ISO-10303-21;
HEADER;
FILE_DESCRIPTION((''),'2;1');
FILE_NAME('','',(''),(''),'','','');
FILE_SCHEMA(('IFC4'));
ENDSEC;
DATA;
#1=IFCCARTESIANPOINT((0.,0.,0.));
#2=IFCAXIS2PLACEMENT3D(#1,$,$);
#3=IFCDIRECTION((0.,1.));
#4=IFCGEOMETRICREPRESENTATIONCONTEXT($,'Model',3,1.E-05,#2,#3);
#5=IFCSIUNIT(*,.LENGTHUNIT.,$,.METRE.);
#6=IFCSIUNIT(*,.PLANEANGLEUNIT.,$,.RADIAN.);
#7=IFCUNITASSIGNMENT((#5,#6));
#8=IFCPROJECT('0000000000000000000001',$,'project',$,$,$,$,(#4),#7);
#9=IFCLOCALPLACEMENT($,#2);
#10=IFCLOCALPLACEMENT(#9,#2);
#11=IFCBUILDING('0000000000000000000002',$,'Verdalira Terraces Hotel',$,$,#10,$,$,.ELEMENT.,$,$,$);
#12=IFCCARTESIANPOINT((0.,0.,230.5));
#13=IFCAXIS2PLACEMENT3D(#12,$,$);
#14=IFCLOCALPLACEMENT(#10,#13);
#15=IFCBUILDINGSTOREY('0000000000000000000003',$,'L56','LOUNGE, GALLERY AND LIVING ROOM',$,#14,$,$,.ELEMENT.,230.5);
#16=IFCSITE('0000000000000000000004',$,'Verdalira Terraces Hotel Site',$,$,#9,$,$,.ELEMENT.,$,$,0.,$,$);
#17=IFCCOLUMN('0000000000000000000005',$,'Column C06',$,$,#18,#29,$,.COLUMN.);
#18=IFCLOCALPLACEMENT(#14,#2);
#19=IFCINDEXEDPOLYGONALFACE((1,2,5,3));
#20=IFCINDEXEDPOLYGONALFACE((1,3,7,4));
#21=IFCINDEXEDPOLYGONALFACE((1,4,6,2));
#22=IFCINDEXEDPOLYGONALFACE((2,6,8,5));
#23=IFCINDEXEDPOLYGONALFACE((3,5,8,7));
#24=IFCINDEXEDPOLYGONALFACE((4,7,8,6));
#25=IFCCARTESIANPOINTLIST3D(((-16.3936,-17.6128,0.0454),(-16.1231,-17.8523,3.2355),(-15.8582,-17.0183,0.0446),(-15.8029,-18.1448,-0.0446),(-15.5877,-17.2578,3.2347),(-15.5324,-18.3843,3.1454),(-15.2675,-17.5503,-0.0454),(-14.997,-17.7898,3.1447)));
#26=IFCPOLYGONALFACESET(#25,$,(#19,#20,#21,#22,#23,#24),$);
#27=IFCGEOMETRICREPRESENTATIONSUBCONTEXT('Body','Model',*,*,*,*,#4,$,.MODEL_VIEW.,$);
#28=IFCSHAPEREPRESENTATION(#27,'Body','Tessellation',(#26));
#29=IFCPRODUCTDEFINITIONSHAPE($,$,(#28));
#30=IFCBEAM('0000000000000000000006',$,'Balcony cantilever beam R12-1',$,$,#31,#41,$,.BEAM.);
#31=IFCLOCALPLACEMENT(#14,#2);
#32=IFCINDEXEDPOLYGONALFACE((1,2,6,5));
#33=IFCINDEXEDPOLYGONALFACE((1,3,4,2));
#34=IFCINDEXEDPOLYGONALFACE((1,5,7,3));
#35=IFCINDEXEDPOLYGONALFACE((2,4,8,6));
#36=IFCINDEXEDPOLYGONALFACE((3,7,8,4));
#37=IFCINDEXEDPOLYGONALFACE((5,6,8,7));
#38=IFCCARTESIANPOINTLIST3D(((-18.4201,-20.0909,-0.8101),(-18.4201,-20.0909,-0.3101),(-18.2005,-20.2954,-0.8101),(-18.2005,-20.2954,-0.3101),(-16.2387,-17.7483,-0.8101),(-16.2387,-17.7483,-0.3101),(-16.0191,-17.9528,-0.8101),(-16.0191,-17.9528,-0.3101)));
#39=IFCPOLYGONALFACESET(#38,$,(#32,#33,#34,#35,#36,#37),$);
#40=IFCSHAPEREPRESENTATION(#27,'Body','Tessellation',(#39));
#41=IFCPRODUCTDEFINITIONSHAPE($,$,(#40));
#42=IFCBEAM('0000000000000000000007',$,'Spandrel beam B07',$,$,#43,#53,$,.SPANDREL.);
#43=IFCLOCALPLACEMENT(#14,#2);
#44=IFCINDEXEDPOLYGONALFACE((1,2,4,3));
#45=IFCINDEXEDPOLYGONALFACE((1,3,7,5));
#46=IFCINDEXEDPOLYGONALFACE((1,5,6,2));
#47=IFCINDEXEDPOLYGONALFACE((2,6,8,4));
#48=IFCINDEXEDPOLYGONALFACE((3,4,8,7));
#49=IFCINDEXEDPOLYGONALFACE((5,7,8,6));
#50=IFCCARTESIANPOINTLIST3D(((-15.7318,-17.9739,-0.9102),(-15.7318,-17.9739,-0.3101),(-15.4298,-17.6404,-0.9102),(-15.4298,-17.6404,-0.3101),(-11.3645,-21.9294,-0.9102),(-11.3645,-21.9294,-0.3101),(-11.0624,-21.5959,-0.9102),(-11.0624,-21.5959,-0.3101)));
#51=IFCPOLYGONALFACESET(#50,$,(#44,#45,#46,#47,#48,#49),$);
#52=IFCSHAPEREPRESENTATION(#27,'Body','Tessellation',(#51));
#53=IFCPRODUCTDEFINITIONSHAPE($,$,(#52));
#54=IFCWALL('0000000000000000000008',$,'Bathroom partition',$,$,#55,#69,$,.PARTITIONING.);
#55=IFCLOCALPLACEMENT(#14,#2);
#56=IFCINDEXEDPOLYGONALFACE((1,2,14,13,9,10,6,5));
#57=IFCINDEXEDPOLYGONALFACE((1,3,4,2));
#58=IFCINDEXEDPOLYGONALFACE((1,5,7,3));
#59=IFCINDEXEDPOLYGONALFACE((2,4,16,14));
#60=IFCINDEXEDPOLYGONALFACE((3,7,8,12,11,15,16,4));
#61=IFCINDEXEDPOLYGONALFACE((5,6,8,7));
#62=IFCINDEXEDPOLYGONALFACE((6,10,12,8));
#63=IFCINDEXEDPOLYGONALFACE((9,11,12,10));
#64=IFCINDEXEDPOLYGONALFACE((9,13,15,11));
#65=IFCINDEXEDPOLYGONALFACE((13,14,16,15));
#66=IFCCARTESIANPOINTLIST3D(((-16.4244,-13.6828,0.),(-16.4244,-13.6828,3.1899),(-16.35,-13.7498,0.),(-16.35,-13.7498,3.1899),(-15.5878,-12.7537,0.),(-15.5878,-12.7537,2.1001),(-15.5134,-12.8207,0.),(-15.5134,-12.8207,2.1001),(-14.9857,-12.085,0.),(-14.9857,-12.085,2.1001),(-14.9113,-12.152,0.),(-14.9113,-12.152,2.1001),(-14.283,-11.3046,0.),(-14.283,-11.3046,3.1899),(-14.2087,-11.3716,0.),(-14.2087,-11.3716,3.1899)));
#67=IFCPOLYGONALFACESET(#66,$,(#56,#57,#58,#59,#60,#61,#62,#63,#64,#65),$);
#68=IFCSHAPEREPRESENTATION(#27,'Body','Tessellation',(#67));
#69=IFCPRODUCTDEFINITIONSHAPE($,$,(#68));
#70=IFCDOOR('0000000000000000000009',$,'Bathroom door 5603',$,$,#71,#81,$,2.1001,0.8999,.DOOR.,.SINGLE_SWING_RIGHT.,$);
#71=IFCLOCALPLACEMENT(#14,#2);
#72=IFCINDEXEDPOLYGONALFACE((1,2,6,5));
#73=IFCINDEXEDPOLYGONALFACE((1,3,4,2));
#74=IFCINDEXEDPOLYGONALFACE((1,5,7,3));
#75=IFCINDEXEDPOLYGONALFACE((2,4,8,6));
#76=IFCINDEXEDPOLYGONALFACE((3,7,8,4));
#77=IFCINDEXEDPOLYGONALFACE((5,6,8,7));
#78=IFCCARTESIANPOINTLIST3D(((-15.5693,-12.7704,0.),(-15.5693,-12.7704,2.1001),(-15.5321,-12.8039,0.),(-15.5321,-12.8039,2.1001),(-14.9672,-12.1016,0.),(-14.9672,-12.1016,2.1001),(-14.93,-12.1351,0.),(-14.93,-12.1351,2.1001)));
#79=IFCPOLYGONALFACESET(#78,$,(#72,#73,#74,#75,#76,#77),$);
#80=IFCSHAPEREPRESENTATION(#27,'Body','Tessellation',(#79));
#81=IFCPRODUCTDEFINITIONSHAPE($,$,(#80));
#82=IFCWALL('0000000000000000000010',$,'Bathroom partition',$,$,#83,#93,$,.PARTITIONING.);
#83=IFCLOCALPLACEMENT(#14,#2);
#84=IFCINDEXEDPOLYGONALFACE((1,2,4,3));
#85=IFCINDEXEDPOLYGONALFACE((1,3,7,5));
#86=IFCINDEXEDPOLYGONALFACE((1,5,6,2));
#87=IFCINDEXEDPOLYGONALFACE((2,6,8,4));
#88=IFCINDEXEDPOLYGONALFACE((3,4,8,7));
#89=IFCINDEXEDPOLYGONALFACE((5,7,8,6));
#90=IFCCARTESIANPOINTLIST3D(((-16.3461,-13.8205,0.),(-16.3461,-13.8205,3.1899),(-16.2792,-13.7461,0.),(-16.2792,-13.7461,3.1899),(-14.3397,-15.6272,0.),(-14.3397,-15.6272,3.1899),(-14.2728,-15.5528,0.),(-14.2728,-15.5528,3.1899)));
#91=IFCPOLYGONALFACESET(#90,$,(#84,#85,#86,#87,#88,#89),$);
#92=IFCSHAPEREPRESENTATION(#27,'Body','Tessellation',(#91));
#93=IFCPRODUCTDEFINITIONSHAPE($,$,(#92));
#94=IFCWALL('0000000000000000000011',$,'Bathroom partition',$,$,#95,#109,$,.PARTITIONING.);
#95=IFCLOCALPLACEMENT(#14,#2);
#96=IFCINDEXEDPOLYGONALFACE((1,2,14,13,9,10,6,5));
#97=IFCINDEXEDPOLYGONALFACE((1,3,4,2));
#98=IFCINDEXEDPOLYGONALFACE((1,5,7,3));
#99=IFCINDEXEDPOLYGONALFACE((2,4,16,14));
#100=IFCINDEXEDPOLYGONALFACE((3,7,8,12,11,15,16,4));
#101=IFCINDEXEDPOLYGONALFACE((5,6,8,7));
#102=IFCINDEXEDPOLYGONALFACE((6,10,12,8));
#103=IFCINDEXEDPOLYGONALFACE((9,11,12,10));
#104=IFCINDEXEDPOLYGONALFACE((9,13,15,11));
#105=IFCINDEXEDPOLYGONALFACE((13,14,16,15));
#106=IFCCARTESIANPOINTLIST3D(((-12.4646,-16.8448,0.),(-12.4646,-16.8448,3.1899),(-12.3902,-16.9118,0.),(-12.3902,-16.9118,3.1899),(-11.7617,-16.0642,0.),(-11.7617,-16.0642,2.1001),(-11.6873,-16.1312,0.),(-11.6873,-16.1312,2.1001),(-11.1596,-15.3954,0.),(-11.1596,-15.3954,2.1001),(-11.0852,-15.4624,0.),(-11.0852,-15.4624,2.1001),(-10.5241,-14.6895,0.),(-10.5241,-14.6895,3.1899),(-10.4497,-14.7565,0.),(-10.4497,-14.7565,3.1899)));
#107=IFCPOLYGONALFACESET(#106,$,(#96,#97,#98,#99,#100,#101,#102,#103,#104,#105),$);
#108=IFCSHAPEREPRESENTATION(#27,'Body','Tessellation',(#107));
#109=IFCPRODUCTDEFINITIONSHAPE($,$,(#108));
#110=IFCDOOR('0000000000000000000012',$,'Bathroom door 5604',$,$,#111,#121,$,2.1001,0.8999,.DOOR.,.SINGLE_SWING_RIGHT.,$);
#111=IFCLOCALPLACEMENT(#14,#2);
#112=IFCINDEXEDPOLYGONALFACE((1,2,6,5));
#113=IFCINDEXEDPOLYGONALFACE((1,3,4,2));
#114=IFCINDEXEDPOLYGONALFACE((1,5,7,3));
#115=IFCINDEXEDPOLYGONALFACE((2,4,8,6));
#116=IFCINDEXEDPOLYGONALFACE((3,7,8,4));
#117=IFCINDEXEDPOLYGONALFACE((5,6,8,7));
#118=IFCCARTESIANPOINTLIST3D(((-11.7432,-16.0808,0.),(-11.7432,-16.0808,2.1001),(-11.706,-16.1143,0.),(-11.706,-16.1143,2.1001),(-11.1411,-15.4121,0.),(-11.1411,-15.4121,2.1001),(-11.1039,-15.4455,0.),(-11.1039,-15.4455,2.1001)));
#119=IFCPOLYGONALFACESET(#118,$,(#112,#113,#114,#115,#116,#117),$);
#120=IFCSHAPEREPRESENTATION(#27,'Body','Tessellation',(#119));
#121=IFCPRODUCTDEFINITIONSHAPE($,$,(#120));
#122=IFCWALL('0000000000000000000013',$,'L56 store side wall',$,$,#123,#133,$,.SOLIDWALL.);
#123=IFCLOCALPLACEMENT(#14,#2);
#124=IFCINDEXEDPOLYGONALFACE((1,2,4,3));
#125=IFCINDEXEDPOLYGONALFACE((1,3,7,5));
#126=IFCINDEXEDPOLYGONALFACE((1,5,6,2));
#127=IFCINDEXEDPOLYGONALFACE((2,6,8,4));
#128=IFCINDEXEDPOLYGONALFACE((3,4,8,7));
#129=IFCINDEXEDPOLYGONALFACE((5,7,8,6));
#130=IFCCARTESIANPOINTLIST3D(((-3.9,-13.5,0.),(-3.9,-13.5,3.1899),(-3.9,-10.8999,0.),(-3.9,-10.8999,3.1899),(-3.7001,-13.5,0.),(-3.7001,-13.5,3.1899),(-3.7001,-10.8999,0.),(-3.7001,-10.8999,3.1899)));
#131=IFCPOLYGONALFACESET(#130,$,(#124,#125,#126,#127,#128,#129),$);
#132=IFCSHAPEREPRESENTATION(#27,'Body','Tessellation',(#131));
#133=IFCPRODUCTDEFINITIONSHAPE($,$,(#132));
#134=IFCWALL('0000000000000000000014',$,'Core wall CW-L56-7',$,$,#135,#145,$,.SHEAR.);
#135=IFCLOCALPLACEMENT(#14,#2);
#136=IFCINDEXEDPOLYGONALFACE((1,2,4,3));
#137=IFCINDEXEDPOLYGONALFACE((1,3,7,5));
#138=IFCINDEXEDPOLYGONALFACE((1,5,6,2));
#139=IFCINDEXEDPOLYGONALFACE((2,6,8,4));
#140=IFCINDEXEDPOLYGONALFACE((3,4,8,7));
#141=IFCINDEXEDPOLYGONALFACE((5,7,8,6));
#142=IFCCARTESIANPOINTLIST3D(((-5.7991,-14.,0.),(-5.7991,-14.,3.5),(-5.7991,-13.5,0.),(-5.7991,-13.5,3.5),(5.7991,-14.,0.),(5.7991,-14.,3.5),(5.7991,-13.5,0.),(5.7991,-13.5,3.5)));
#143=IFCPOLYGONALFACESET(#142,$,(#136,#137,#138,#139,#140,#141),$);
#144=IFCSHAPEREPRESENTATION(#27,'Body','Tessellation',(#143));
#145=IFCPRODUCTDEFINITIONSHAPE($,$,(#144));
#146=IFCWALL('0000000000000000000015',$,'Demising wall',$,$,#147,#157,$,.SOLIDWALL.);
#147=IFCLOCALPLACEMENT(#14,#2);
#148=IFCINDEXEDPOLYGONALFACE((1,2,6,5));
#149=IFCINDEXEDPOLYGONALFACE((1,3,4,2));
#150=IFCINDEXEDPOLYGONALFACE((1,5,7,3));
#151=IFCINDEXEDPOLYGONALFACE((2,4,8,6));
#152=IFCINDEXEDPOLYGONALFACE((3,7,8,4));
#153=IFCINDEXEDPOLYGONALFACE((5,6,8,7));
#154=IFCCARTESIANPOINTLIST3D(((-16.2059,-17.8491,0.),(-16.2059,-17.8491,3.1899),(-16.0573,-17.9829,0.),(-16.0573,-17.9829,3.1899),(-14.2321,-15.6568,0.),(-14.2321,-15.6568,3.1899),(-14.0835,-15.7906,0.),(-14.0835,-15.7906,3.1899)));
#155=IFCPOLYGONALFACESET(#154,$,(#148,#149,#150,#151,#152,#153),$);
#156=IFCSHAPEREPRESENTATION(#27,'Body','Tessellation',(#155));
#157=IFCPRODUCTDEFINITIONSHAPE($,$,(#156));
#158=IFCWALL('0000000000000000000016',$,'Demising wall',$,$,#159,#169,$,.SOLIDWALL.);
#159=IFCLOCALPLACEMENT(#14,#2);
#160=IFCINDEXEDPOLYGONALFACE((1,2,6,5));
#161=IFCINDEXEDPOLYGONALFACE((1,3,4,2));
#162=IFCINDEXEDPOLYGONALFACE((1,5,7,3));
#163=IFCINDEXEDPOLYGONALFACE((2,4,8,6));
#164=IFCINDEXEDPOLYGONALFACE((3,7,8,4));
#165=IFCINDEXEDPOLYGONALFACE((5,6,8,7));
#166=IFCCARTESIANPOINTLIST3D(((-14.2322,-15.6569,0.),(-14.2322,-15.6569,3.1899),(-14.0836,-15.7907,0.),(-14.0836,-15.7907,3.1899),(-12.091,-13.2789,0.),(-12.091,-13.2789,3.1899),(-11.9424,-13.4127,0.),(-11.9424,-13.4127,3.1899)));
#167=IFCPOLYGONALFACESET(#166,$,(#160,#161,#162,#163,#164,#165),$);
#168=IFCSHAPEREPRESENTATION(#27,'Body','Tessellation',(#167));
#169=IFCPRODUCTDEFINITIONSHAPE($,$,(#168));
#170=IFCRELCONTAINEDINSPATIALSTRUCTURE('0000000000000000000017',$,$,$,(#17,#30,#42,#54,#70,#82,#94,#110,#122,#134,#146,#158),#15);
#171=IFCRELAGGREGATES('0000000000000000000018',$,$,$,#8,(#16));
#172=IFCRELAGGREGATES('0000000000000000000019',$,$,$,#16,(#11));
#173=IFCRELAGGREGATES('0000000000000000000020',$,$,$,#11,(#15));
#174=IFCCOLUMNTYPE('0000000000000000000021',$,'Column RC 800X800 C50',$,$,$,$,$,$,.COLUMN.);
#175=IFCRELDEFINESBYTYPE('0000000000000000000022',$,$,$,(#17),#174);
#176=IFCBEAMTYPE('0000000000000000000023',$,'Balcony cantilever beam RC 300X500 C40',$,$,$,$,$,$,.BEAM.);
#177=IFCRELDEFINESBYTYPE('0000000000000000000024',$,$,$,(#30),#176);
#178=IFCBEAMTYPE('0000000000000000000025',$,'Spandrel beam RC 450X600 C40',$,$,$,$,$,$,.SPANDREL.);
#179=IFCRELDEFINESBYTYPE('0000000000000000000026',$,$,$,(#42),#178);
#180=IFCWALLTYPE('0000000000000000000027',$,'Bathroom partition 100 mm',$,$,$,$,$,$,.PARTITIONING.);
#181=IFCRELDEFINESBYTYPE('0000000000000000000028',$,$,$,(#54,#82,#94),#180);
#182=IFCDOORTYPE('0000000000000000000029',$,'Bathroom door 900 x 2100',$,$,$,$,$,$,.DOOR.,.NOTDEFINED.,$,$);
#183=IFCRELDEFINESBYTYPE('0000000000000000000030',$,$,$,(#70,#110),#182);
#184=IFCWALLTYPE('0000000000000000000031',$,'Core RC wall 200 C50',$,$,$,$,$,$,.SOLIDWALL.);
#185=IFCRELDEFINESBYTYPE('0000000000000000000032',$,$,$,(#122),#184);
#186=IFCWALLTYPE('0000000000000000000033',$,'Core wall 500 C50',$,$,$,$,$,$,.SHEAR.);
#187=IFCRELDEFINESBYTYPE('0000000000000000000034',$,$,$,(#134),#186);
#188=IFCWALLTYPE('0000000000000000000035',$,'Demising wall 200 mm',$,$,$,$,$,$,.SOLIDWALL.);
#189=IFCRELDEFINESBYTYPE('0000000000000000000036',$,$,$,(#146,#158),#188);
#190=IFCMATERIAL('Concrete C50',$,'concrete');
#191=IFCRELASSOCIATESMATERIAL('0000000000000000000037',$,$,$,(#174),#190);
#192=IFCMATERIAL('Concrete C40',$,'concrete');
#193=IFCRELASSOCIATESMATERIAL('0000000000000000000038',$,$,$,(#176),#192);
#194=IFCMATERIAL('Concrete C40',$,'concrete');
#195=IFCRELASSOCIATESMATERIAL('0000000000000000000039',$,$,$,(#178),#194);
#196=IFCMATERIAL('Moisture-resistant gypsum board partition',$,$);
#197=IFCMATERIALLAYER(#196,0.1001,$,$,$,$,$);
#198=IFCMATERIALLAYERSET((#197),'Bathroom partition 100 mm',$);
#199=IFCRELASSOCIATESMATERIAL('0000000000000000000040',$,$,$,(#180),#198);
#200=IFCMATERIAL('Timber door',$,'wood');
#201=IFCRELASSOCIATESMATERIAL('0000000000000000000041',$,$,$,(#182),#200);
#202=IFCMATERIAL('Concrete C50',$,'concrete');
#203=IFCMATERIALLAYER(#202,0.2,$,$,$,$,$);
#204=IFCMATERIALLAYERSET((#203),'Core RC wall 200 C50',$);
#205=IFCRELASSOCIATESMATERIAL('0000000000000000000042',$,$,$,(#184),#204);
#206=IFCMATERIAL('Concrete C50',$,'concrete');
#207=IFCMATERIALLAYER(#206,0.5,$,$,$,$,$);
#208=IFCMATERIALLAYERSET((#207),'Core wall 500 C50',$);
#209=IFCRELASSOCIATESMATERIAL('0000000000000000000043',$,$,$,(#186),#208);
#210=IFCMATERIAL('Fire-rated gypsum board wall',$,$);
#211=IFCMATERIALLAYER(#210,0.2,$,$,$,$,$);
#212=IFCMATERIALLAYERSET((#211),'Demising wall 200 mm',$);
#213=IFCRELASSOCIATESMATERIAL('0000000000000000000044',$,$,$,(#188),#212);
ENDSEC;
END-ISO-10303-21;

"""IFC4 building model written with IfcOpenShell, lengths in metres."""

from ifc_helpers import new_model, si_unit, direction, frame, frame_2d, origin, origin_2d, place, context, subcontext, project, spatial, rectangle, extrude, material, layer, layer_set, material_profile, profile_set, type_object, element, fill, save


model = new_model("IFC4")

# Units and contexts
model_context = context("Model", 3, precision=1e-05, world=origin(), true_north=direction((0.0, 1.0)))
body_context = subcontext(model_context, "Body", "Model", "MODEL_VIEW")
ifc_project = project(units=[si_unit("LENGTHUNIT", "METRE"), si_unit("PLANEANGLEUNIT", "RADIAN")], contexts=[model_context])

# Site, building, storey
site_placement = place(None, origin())
site = spatial("IfcSite", under=ifc_project, at=site_placement, Name="Verdalira Terraces Hotel Site", CompositionType="ELEMENT", RefElevation=0.0)
building_placement = place(site_placement, origin())
building = spatial("IfcBuilding", under=site, at=building_placement, Name="Verdalira Terraces Hotel", CompositionType="ELEMENT")
storey_placement = place(building_placement, frame((0.0, 0.0, 230.5)))
storey = spatial("IfcBuildingStorey", under=building, at=storey_placement, Name="L56", Description="LOUNGE, GALLERY AND LIVING ROOM", CompositionType="ELEMENT", Elevation=230.5)

# Column
ifc_material_1 = material(Name="Concrete C50", Category="concrete")
ifc_material_profile_1 = material_profile(ifc_material_1, rectangle(XDim=0.8, YDim=0.8, at=origin_2d()), Name="RC 800X800")
ifc_profile_set_1 = profile_set([ifc_material_profile_1], Name="Concrete C50")
column_type = type_object("IfcColumnType", Name="Column RC 800X800 C50", PredefinedType="COLUMN", material=ifc_profile_set_1)
column_placement = place(storey_placement, frame((-15.8306, -17.5815, 0.0), z_axis=(0.084262, -0.074603, 0.993647), x_axis=(0.73834, -0.664973, -0.112538)))
element("IfcColumn", 1, at=column_placement, inside=storey, type_object=column_type, Name="Column C06", PredefinedType="COLUMN", context=body_context, shape_type="SweptSolid", body=[
    extrude(rectangle(XDim=0.8, YDim=0.8, at=origin_2d()), origin(), (0.0, 0.0, 1.0), 3.2104),
])

# Beams
ifc_material_2 = material(Name="Concrete C40", Category="concrete")
ifc_material_profile_2 = material_profile(ifc_material_2, rectangle(XDim=0.3, YDim=0.5, at=origin_2d()), Name="RC 300X500")
ifc_profile_set_2 = profile_set([ifc_material_profile_2], Name="Concrete C40")
beam_type_1 = type_object("IfcBeamType", Name="Balcony cantilever beam RC 300X500 C40", PredefinedType="BEAM", material=ifc_profile_set_2)
beam_1_placement = place(storey_placement, frame((-16.1289, -17.8506, -0.5601), z_axis=(-0.681489, -0.731828, 0.0), x_axis=(0.731828, -0.681489, 0.0)))
element("IfcBeam", 2, at=beam_1_placement, inside=storey, type_object=beam_type_1, Name="Balcony cantilever beam R12-1", PredefinedType="BEAM", context=body_context, shape_type="SweptSolid", body=[
    extrude(rectangle(XDim=0.3, YDim=0.5, at=origin_2d()), origin(), (0.0, 0.0, 1.0), 3.2009),
])
ifc_material_3 = material(Name="Concrete C40", Category="concrete")
ifc_material_profile_3 = material_profile(ifc_material_3, rectangle(XDim=0.45, YDim=0.6001, at=origin_2d()), Name="RC 450X600")
ifc_profile_set_3 = profile_set([ifc_material_profile_3], Name="Concrete C40")
beam_type_2 = type_object("IfcBeamType", Name="Spandrel beam RC 450X600 C40", PredefinedType="SPANDREL", material=ifc_profile_set_3)
beam_2_placement = place(storey_placement, frame((-15.5808, -17.8071, -0.6101), z_axis=(0.741191, -0.671294, 0.0), x_axis=(0.671294, 0.741191, 0.0)))
element("IfcBeam", 3, at=beam_2_placement, inside=storey, type_object=beam_type_2, Name="Spandrel beam B07", PredefinedType="SPANDREL", context=body_context, shape_type="SweptSolid", body=[
    extrude(rectangle(XDim=0.45, YDim=0.6001, at=origin_2d()), origin(), (0.0, 0.0, 1.0), 5.8923),
])

# Wall, opening, door
ifc_material_4 = material(Name="Moisture-resistant gypsum board partition")
ifc_layer_1 = layer(ifc_material_4, 0.1001)
ifc_layer_set_1 = layer_set([ifc_layer_1], Name="Bathroom partition 100 mm")
wall_type_1 = type_object("IfcWallType", Name="Bathroom partition 100 mm", PredefinedType="PARTITIONING", material=ifc_layer_set_1)
wall_1_placement = place(storey_placement, frame((-14.2459, -11.3381, 0.0), z_axis=(0.0, 0.0, 1.0), x_axis=(-0.669138, -0.743139, 0.0)))
wall_1 = element("IfcWall", 4, at=wall_1_placement, inside=storey, type_object=wall_type_1, Name="Bathroom partition", PredefinedType="PARTITIONING", context=body_context, shape_type="SweptSolid", body=[
    extrude(rectangle(XDim=3.2002, YDim=0.1001, at=frame_2d((1.6001, 0.0))), origin(), (0.0, 0.0, 1.0), 3.1899),
])
opening_1_placement = place(wall_1_placement, frame((1.05, 0.0, 0.0)))
opening_1 = element("IfcOpeningElement", 5, at=opening_1_placement, cuts=wall_1, PredefinedType="OPENING", context=body_context, shape_type="SweptSolid", body=[
    extrude(rectangle(XDim=0.8999, YDim=2.1001, at=frame_2d((0.45, 1.05))), frame((0.0, 0.0601, 0.0), z_axis=(0.0, -1.0, 0.0), x_axis=(1.0, 0.0, 0.0)), (0.0, 0.0, 1.0), 0.1201),
])
ifc_material_5 = material(Name="Timber door", Category="wood")
door_type_1 = type_object("IfcDoorType", Name="Bathroom door 900 x 2100", OperationType="NOTDEFINED", PredefinedType="DOOR", material=ifc_material_5)
door_1_placement = place(opening_1_placement, origin())
door_1 = element("IfcDoor", 6, at=door_1_placement, inside=storey, type_object=door_type_1, Name="Bathroom door 5603", OperationType="SINGLE_SWING_RIGHT", OverallHeight=2.1001, OverallWidth=0.8999, PredefinedType="DOOR", context=body_context, shape_type="SweptSolid", body=[
    extrude(rectangle(XDim=0.8999, YDim=2.1001, at=frame_2d((0.45, 1.05))), frame((0.0, 0.0249, 0.0), z_axis=(0.0, -1.0, 0.0), x_axis=(1.0, 0.0, 0.0)), (0.0, 0.0, 1.0), 0.05),
])
fill(opening_1, door_1)

# Wall
wall_2_placement = place(storey_placement, frame((-16.3127, -13.7832, 0.0), z_axis=(0.0, 0.0, 1.0), x_axis=(0.743123, -0.669155, 0.0)))
element("IfcWall", 7, at=wall_2_placement, inside=storey, type_object=wall_type_1, Name="Bathroom partition", PredefinedType="PARTITIONING", context=body_context, shape_type="SweptSolid", body=[
    extrude(rectangle(XDim=2.7, YDim=0.1001, at=frame_2d((1.3501, 0.0))), origin(), (0.0, 0.0, 1.0), 3.1899),
])

# Wall, opening, door
wall_3_placement = place(storey_placement, frame((-10.4868, -14.7229, 0.0), z_axis=(0.0, 0.0, 1.0), x_axis=(-0.669095, -0.743177, 0.0)))
wall_3 = element("IfcWall", 8, at=wall_3_placement, inside=storey, type_object=wall_type_1, Name="Bathroom partition", PredefinedType="PARTITIONING", context=body_context, shape_type="SweptSolid", body=[
    extrude(rectangle(XDim=2.9001, YDim=0.1001, at=frame_2d((1.4502, 0.0))), origin(), (0.0, 0.0, 1.0), 3.1899),
])
opening_2_placement = place(wall_3_placement, frame((0.95, 0.0, 0.0)))
opening_2 = element("IfcOpeningElement", 9, at=opening_2_placement, cuts=wall_3, PredefinedType="OPENING", context=body_context, shape_type="SweptSolid", body=[
    extrude(rectangle(XDim=0.8999, YDim=2.1001, at=frame_2d((0.45, 1.05))), frame((0.0, 0.0601, 0.0), z_axis=(0.0, -1.0, 0.0), x_axis=(1.0, 0.0, 0.0)), (0.0, 0.0, 1.0), 0.1201),
])
door_2_placement = place(opening_2_placement, origin())
door_2 = element("IfcDoor", 10, at=door_2_placement, inside=storey, type_object=door_type_1, Name="Bathroom door 5604", OperationType="SINGLE_SWING_RIGHT", OverallHeight=2.1001, OverallWidth=0.8999, PredefinedType="DOOR", context=body_context, shape_type="SweptSolid", body=[
    extrude(rectangle(XDim=0.8999, YDim=2.1001, at=frame_2d((0.45, 1.05))), frame((0.0, 0.0249, 0.0), z_axis=(0.0, -1.0, 0.0), x_axis=(1.0, 0.0, 0.0)), (0.0, 0.0, 1.0), 0.05),
])
fill(opening_2, door_2)

# Walls
ifc_material_6 = material(Name="Concrete C50", Category="concrete")
ifc_layer_2 = layer(ifc_material_6, 0.2)
ifc_layer_set_2 = layer_set([ifc_layer_2], Name="Core RC wall 200 C50")
wall_type_2 = type_object("IfcWallType", Name="Core RC wall 200 C50", PredefinedType="SOLIDWALL", material=ifc_layer_set_2)
wall_4_placement = place(storey_placement, frame((-3.8, -10.8999, 0.0), z_axis=(0.0, 0.0, 1.0), x_axis=(0.0, -1.0, 0.0)))
element("IfcWall", 11, at=wall_4_placement, inside=storey, type_object=wall_type_2, Name="L56 store side wall", PredefinedType="SOLIDWALL", context=body_context, shape_type="SweptSolid", body=[
    extrude(rectangle(XDim=2.6001, YDim=0.2, at=frame_2d((1.3, 0.0))), origin(), (0.0, 0.0, 1.0), 3.1899),
])
ifc_material_7 = material(Name="Concrete C50", Category="concrete")
ifc_layer_3 = layer(ifc_material_7, 0.5)
ifc_layer_set_3 = layer_set([ifc_layer_3], Name="Core wall 500 C50")
wall_type_3 = type_object("IfcWallType", Name="Core wall 500 C50", PredefinedType="SHEAR", material=ifc_layer_set_3)
wall_5_placement = place(storey_placement, frame((-5.7991, -13.75, 0.0), z_axis=(0.0, 0.0, 1.0), x_axis=(1.0, 0.0, 0.0)))
element("IfcWall", 12, at=wall_5_placement, inside=storey, type_object=wall_type_3, Name="Core wall CW-L56-7", PredefinedType="SHEAR", context=body_context, shape_type="SweptSolid", body=[
    extrude(rectangle(XDim=11.5981, YDim=0.5, at=frame_2d((5.7991, 0.0))), origin(), (0.0, 0.0, 1.0), 3.5),
])
ifc_material_8 = material(Name="Fire-rated gypsum board wall")
ifc_layer_4 = layer(ifc_material_8, 0.2)
ifc_layer_set_4 = layer_set([ifc_layer_4], Name="Demising wall 200 mm")
wall_type_4 = type_object("IfcWallType", Name="Demising wall 200 mm", PredefinedType="SOLIDWALL", material=ifc_layer_set_4)
wall_6_placement = place(storey_placement, frame((-14.1577, -15.7236, 0.0), z_axis=(0.0, 0.0, 1.0), x_axis=(-0.669102, -0.743171, 0.0)))
element("IfcWall", 13, at=wall_6_placement, inside=storey, type_object=wall_type_4, Name="Demising wall", PredefinedType="SOLIDWALL", context=body_context, shape_type="SweptSolid", body=[
    extrude(rectangle(XDim=2.95, YDim=0.2, at=frame_2d((1.4751, 0.0))), origin(), (0.0, 0.0, 1.0), 3.1899),
])
wall_7_placement = place(storey_placement, frame((-12.0166, -13.3457, 0.0), z_axis=(0.0, 0.0, 1.0), x_axis=(-0.669133, -0.743142, 0.0)))
element("IfcWall", 14, at=wall_7_placement, inside=storey, type_object=wall_type_4, Name="Demising wall", PredefinedType="SOLIDWALL", context=body_context, shape_type="SweptSolid", body=[
    extrude(rectangle(XDim=3.2, YDim=0.2, at=frame_2d((1.6001, 0.0))), origin(), (0.0, 0.0, 1.0), 3.1899),
])

save(model, "model.ifc")
